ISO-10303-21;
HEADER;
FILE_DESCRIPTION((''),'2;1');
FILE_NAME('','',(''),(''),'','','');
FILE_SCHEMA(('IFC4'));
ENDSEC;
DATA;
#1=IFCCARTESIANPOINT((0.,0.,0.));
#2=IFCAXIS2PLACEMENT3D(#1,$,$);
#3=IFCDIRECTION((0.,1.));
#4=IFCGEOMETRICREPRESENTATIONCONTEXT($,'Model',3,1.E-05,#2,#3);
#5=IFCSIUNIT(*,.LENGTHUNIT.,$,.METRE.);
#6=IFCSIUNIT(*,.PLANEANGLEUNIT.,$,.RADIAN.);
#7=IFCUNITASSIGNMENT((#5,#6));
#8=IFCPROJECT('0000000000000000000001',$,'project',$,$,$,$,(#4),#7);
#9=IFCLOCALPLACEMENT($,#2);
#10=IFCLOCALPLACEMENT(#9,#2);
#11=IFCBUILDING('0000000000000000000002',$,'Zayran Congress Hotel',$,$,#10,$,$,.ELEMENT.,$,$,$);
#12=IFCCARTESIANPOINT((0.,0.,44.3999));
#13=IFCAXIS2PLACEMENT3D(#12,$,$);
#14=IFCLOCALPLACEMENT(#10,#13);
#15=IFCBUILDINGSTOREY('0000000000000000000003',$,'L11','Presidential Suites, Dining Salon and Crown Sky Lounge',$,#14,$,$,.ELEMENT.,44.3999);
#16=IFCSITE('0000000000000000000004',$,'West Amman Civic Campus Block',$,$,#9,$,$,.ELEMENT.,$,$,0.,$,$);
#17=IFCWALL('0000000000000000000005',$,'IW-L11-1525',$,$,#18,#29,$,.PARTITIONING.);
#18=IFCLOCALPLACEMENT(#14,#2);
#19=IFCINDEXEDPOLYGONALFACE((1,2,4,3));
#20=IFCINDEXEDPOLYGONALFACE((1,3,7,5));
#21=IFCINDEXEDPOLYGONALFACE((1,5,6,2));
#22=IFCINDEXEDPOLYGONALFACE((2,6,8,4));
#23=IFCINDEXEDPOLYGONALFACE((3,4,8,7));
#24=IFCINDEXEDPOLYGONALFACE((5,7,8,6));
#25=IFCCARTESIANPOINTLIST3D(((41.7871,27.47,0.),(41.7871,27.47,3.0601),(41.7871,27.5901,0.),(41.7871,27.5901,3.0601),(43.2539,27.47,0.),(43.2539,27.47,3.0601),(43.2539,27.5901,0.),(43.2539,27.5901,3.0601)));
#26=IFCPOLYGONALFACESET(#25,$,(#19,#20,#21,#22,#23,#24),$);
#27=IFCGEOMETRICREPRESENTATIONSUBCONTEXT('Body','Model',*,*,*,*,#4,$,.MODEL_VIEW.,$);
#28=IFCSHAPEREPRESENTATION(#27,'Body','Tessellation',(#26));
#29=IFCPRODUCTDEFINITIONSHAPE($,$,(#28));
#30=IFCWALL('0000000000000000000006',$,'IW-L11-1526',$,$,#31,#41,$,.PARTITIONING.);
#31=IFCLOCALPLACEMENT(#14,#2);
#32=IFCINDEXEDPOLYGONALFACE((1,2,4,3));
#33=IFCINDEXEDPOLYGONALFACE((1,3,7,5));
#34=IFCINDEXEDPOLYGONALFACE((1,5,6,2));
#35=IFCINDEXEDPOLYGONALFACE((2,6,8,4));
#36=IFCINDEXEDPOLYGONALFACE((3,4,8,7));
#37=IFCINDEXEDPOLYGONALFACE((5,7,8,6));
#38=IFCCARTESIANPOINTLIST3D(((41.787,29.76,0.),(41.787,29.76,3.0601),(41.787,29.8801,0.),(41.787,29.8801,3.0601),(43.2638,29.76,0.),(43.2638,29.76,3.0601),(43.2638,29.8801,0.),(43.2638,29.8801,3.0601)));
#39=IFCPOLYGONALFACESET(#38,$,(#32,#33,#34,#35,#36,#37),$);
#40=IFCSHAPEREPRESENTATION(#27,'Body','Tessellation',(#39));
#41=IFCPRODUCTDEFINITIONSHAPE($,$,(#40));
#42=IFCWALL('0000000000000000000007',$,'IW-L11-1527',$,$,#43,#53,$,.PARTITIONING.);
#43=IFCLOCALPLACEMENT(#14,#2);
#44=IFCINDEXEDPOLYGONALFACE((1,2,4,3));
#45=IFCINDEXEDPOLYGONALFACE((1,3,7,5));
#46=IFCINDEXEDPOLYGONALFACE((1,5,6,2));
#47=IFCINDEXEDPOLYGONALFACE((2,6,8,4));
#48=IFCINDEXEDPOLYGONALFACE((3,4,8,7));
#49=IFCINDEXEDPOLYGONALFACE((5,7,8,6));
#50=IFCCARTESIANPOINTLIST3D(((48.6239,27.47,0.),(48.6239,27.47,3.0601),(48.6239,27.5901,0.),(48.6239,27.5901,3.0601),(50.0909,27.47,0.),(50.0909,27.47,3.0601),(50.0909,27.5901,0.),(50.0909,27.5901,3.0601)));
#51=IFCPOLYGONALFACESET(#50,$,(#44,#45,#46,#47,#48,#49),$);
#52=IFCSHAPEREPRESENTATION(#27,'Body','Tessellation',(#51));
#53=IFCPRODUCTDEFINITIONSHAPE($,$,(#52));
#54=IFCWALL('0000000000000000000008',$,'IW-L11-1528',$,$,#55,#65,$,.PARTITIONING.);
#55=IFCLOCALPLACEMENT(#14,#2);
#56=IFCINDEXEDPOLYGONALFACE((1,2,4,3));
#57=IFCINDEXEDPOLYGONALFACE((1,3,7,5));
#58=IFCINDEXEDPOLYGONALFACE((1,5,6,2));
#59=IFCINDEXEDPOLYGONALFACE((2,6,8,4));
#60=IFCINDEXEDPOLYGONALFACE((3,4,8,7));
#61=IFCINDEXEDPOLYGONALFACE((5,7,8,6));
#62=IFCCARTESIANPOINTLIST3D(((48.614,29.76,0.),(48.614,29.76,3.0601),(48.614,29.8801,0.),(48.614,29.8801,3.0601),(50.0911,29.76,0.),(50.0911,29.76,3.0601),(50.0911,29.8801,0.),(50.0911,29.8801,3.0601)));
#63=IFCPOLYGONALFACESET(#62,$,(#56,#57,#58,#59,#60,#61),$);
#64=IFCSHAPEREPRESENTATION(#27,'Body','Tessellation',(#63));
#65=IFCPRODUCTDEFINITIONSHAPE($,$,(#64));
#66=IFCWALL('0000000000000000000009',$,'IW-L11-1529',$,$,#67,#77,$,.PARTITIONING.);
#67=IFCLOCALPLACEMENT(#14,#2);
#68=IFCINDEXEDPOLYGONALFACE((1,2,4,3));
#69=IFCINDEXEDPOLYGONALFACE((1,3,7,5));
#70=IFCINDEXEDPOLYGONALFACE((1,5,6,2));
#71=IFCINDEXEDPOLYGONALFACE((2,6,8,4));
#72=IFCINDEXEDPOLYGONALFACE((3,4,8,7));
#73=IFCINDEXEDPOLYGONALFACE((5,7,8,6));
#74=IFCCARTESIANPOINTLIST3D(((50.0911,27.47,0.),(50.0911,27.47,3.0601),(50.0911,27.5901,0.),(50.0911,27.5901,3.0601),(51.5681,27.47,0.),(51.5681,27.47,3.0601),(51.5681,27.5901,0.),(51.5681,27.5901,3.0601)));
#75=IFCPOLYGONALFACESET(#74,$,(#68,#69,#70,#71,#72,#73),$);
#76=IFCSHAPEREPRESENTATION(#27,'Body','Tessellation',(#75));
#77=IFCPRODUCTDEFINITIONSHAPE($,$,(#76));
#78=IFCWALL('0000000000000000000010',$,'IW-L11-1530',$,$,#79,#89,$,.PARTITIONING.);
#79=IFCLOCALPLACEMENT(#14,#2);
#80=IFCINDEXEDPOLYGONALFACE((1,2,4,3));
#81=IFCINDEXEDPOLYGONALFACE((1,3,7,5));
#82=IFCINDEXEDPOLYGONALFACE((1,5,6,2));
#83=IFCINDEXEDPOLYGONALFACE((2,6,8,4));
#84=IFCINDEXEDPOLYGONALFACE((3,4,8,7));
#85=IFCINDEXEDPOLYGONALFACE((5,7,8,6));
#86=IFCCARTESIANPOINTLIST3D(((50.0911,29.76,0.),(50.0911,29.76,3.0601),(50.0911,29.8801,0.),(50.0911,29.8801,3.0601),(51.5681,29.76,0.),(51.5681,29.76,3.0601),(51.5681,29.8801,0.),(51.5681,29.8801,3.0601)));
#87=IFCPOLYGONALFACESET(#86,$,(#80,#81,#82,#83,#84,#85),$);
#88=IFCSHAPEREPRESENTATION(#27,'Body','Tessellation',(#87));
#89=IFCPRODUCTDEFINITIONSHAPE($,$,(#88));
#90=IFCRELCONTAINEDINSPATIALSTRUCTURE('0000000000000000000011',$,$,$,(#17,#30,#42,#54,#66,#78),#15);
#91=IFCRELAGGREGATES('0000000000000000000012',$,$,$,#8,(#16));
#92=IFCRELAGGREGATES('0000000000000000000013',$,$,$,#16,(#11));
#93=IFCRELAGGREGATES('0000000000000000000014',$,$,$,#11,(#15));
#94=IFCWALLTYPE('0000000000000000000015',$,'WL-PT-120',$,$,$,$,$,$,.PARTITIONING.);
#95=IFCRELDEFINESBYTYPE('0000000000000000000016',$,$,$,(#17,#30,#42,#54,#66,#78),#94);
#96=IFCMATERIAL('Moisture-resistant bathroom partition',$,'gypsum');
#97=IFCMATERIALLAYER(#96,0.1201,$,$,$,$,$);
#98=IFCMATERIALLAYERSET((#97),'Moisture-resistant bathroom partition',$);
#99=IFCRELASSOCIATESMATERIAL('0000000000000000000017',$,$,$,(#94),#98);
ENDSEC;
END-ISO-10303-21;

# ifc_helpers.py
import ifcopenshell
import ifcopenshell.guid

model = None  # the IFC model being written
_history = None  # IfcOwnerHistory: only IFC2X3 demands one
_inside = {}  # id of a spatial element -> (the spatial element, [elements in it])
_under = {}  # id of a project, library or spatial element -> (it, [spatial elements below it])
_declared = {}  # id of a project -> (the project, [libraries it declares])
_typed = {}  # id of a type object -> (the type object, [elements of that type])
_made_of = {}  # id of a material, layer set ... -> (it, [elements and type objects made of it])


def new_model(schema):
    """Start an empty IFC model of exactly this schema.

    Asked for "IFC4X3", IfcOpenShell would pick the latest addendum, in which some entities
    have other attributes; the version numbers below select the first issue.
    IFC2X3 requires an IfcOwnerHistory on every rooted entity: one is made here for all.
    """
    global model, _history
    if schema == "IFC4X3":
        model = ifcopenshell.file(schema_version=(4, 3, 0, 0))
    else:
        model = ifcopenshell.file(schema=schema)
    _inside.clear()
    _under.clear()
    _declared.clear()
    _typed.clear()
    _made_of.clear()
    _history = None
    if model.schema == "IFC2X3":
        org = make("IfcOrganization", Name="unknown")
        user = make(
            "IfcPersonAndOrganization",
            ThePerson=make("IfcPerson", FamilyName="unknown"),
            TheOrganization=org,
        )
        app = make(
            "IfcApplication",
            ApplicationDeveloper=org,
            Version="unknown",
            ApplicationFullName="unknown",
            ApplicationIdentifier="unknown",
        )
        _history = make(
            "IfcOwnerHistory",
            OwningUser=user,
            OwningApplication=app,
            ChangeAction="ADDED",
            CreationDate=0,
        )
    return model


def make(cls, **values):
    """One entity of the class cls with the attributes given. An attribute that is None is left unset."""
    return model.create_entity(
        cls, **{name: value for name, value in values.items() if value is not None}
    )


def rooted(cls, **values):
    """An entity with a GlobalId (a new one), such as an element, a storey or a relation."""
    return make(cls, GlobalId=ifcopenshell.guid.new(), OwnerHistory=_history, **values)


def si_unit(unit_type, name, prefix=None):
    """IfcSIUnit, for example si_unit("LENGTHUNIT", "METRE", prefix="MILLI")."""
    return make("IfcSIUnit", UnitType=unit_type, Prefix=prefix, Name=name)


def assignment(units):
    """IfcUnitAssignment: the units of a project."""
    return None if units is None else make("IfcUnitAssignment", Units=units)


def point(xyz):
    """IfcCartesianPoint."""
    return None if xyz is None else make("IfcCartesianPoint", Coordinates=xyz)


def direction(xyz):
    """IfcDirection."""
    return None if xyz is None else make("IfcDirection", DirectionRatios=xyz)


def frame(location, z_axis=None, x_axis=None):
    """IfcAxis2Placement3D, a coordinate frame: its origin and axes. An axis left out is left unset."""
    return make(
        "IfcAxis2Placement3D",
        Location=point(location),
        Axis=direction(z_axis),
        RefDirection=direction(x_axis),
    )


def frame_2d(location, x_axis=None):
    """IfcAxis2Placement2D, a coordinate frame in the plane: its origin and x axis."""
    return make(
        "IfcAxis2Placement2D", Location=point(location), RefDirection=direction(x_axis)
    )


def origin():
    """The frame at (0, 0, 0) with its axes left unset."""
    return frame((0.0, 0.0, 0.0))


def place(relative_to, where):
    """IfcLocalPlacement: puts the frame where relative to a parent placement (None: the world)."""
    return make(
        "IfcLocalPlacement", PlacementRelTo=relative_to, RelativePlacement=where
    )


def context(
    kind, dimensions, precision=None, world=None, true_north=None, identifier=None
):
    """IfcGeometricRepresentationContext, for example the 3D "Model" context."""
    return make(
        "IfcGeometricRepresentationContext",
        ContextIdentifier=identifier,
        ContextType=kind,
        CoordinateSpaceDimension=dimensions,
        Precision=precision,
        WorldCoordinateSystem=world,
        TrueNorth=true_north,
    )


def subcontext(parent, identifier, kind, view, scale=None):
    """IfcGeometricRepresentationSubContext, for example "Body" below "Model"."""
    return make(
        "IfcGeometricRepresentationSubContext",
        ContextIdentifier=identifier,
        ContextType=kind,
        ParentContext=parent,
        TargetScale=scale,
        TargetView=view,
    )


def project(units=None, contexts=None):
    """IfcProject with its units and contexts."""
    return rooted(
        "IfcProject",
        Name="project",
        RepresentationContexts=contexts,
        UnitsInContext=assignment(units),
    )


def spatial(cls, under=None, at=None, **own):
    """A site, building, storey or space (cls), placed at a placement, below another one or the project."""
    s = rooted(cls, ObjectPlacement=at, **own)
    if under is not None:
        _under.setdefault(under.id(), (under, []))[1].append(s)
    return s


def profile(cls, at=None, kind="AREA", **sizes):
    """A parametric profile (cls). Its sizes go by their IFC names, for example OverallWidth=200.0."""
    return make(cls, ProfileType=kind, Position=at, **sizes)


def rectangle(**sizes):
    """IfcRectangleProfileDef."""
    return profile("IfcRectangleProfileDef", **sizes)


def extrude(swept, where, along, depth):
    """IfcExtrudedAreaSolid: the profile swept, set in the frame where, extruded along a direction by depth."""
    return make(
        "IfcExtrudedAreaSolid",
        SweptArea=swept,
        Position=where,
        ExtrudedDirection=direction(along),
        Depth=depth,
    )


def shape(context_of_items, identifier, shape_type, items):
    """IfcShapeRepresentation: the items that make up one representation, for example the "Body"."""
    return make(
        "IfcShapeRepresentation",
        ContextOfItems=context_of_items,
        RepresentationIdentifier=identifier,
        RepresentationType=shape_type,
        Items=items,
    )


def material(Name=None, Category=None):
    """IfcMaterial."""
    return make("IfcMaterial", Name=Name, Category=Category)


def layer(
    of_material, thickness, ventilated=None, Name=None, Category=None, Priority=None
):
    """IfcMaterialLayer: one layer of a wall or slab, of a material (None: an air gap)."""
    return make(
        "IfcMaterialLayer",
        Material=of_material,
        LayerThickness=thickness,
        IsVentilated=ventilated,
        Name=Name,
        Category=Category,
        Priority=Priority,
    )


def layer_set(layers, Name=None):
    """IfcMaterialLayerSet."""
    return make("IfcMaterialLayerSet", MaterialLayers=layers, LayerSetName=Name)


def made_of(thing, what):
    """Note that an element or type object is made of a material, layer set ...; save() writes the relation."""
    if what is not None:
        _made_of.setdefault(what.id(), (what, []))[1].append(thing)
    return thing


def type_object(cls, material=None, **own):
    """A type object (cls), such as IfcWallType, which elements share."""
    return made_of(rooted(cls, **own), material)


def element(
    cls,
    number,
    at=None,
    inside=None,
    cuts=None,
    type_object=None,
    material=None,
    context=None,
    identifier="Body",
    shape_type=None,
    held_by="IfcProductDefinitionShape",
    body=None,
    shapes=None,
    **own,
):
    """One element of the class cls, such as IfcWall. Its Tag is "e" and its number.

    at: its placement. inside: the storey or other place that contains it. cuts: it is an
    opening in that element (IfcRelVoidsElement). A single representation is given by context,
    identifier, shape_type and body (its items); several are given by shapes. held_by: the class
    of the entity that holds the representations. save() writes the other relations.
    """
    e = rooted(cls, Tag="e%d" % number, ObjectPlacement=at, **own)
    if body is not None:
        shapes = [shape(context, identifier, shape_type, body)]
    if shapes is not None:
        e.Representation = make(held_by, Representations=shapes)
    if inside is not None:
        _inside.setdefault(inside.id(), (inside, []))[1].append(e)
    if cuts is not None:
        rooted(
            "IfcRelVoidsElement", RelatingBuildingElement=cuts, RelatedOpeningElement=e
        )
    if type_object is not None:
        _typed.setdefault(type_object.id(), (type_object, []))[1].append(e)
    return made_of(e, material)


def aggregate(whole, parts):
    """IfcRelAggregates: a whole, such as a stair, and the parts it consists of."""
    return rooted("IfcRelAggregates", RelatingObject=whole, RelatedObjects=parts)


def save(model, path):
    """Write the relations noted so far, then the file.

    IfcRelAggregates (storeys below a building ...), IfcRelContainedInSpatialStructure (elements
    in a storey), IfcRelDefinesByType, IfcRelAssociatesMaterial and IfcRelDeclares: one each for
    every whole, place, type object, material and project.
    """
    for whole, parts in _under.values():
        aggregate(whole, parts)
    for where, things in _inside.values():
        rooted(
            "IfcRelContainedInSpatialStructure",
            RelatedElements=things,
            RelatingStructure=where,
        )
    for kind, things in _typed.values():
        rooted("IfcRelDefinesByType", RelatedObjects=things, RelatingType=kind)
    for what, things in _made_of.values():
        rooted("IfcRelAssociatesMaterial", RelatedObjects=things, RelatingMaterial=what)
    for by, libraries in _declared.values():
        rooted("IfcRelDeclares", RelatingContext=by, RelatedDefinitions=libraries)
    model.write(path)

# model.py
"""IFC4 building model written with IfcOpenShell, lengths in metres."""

from ifc_helpers import new_model, si_unit, direction, frame, frame_2d, origin, place, context, subcontext, project, spatial, rectangle, extrude, material, layer, layer_set, type_object, element, save


model = new_model("IFC4")

# Units and contexts
model_context = context("Model", 3, precision=1e-05, world=origin(), true_north=direction((0.0, 1.0)))
body_context = subcontext(model_context, "Body", "Model", "MODEL_VIEW")
ifc_project = project(units=[si_unit("LENGTHUNIT", "METRE"), si_unit("PLANEANGLEUNIT", "RADIAN")], contexts=[model_context])

# Site, building, storey
site_placement = place(None, origin())
site = spatial("IfcSite", under=ifc_project, at=site_placement, Name="West Amman Civic Campus Block", CompositionType="ELEMENT", RefElevation=0.0)
building_placement = place(site_placement, origin())
building = spatial("IfcBuilding", under=site, at=building_placement, Name="Zayran Congress Hotel", CompositionType="ELEMENT")
storey_placement = place(building_placement, frame((0.0, 0.0, 44.3999)))
storey = spatial("IfcBuildingStorey", under=building, at=storey_placement, Name="L11", Description="Presidential Suites, Dining Salon and Crown Sky Lounge", CompositionType="ELEMENT", Elevation=44.3999)

# Shared definitions
ifc_material_1 = material(Name="Moisture-resistant bathroom partition", Category="gypsum")
ifc_layer_1 = layer(ifc_material_1, 0.1201)
ifc_layer_set_1 = layer_set([ifc_layer_1], Name="Moisture-resistant bathroom partition")
wall_type_1 = type_object("IfcWallType", Name="WL-PT-120", PredefinedType="PARTITIONING", material=ifc_layer_set_1)

# Walls
wall_1_placement = place(storey_placement, frame((41.7871, 27.53, 0.0), z_axis=(0.0, 0.0, 1.0), x_axis=(1.0, 0.0, 0.0)))
element("IfcWall", 1, at=wall_1_placement, inside=storey, type_object=wall_type_1, Name="IW-L11-1525", PredefinedType="PARTITIONING", context=body_context, shape_type="SweptSolid", body=[
    extrude(rectangle(XDim=1.4668, YDim=0.1201, at=frame_2d((0.7334, 0.0))), origin(), (0.0, 0.0, 1.0), 3.0601),
])
wall_2_placement = place(storey_placement, frame((41.7871, 29.8201, 0.0), z_axis=(0.0, 0.0, 1.0), x_axis=(1.0, 0.0, 0.0)))
element("IfcWall", 2, at=wall_2_placement, inside=storey, type_object=wall_type_1, Name="IW-L11-1526", PredefinedType="PARTITIONING", context=body_context, shape_type="SweptSolid", body=[
    extrude(rectangle(XDim=1.4768, YDim=0.1201, at=frame_2d((0.7383, 0.0))), origin(), (0.0, 0.0, 1.0), 3.0601),
])
wall_3_placement = place(storey_placement, frame((48.624, 27.53, 0.0), z_axis=(0.0, 0.0, 1.0), x_axis=(1.0, 0.0, 0.0)))
element("IfcWall", 3, at=wall_3_placement, inside=storey, type_object=wall_type_1, Name="IW-L11-1527", PredefinedType="PARTITIONING", context=body_context, shape_type="SweptSolid", body=[
    extrude(rectangle(XDim=1.467, YDim=0.1201, at=frame_2d((0.7334, 0.0))), origin(), (0.0, 0.0, 1.0), 3.0601),
])
for number, where, z_axis, x_axis, name in (
    (4, (48.614, 29.8201, 0.0), (0.0, 0.0, 1.0), (1.0, 0.0, 0.0), "IW-L11-1528"),
    (5, (50.0911, 27.53, 0.0), (0.0, 0.0, 1.0), (1.0, 0.0, 0.0), "IW-L11-1529"),
    (6, (50.0911, 29.8201, 0.0), (0.0, 0.0, 1.0), (1.0, 0.0, 0.0), "IW-L11-1530"),
):
    element("IfcWall", number, at=place(storey_placement, frame(where, z_axis=z_axis, x_axis=x_axis)), inside=storey, type_object=wall_type_1, Name=name, PredefinedType="PARTITIONING", context=body_context, shape_type="SweptSolid", body=[
        extrude(rectangle(XDim=1.4771, YDim=0.1201, at=frame_2d((0.7385, 0.0))), origin(), (0.0, 0.0, 1.0), 3.0601),
    ])

save(model, "model.ifc")
